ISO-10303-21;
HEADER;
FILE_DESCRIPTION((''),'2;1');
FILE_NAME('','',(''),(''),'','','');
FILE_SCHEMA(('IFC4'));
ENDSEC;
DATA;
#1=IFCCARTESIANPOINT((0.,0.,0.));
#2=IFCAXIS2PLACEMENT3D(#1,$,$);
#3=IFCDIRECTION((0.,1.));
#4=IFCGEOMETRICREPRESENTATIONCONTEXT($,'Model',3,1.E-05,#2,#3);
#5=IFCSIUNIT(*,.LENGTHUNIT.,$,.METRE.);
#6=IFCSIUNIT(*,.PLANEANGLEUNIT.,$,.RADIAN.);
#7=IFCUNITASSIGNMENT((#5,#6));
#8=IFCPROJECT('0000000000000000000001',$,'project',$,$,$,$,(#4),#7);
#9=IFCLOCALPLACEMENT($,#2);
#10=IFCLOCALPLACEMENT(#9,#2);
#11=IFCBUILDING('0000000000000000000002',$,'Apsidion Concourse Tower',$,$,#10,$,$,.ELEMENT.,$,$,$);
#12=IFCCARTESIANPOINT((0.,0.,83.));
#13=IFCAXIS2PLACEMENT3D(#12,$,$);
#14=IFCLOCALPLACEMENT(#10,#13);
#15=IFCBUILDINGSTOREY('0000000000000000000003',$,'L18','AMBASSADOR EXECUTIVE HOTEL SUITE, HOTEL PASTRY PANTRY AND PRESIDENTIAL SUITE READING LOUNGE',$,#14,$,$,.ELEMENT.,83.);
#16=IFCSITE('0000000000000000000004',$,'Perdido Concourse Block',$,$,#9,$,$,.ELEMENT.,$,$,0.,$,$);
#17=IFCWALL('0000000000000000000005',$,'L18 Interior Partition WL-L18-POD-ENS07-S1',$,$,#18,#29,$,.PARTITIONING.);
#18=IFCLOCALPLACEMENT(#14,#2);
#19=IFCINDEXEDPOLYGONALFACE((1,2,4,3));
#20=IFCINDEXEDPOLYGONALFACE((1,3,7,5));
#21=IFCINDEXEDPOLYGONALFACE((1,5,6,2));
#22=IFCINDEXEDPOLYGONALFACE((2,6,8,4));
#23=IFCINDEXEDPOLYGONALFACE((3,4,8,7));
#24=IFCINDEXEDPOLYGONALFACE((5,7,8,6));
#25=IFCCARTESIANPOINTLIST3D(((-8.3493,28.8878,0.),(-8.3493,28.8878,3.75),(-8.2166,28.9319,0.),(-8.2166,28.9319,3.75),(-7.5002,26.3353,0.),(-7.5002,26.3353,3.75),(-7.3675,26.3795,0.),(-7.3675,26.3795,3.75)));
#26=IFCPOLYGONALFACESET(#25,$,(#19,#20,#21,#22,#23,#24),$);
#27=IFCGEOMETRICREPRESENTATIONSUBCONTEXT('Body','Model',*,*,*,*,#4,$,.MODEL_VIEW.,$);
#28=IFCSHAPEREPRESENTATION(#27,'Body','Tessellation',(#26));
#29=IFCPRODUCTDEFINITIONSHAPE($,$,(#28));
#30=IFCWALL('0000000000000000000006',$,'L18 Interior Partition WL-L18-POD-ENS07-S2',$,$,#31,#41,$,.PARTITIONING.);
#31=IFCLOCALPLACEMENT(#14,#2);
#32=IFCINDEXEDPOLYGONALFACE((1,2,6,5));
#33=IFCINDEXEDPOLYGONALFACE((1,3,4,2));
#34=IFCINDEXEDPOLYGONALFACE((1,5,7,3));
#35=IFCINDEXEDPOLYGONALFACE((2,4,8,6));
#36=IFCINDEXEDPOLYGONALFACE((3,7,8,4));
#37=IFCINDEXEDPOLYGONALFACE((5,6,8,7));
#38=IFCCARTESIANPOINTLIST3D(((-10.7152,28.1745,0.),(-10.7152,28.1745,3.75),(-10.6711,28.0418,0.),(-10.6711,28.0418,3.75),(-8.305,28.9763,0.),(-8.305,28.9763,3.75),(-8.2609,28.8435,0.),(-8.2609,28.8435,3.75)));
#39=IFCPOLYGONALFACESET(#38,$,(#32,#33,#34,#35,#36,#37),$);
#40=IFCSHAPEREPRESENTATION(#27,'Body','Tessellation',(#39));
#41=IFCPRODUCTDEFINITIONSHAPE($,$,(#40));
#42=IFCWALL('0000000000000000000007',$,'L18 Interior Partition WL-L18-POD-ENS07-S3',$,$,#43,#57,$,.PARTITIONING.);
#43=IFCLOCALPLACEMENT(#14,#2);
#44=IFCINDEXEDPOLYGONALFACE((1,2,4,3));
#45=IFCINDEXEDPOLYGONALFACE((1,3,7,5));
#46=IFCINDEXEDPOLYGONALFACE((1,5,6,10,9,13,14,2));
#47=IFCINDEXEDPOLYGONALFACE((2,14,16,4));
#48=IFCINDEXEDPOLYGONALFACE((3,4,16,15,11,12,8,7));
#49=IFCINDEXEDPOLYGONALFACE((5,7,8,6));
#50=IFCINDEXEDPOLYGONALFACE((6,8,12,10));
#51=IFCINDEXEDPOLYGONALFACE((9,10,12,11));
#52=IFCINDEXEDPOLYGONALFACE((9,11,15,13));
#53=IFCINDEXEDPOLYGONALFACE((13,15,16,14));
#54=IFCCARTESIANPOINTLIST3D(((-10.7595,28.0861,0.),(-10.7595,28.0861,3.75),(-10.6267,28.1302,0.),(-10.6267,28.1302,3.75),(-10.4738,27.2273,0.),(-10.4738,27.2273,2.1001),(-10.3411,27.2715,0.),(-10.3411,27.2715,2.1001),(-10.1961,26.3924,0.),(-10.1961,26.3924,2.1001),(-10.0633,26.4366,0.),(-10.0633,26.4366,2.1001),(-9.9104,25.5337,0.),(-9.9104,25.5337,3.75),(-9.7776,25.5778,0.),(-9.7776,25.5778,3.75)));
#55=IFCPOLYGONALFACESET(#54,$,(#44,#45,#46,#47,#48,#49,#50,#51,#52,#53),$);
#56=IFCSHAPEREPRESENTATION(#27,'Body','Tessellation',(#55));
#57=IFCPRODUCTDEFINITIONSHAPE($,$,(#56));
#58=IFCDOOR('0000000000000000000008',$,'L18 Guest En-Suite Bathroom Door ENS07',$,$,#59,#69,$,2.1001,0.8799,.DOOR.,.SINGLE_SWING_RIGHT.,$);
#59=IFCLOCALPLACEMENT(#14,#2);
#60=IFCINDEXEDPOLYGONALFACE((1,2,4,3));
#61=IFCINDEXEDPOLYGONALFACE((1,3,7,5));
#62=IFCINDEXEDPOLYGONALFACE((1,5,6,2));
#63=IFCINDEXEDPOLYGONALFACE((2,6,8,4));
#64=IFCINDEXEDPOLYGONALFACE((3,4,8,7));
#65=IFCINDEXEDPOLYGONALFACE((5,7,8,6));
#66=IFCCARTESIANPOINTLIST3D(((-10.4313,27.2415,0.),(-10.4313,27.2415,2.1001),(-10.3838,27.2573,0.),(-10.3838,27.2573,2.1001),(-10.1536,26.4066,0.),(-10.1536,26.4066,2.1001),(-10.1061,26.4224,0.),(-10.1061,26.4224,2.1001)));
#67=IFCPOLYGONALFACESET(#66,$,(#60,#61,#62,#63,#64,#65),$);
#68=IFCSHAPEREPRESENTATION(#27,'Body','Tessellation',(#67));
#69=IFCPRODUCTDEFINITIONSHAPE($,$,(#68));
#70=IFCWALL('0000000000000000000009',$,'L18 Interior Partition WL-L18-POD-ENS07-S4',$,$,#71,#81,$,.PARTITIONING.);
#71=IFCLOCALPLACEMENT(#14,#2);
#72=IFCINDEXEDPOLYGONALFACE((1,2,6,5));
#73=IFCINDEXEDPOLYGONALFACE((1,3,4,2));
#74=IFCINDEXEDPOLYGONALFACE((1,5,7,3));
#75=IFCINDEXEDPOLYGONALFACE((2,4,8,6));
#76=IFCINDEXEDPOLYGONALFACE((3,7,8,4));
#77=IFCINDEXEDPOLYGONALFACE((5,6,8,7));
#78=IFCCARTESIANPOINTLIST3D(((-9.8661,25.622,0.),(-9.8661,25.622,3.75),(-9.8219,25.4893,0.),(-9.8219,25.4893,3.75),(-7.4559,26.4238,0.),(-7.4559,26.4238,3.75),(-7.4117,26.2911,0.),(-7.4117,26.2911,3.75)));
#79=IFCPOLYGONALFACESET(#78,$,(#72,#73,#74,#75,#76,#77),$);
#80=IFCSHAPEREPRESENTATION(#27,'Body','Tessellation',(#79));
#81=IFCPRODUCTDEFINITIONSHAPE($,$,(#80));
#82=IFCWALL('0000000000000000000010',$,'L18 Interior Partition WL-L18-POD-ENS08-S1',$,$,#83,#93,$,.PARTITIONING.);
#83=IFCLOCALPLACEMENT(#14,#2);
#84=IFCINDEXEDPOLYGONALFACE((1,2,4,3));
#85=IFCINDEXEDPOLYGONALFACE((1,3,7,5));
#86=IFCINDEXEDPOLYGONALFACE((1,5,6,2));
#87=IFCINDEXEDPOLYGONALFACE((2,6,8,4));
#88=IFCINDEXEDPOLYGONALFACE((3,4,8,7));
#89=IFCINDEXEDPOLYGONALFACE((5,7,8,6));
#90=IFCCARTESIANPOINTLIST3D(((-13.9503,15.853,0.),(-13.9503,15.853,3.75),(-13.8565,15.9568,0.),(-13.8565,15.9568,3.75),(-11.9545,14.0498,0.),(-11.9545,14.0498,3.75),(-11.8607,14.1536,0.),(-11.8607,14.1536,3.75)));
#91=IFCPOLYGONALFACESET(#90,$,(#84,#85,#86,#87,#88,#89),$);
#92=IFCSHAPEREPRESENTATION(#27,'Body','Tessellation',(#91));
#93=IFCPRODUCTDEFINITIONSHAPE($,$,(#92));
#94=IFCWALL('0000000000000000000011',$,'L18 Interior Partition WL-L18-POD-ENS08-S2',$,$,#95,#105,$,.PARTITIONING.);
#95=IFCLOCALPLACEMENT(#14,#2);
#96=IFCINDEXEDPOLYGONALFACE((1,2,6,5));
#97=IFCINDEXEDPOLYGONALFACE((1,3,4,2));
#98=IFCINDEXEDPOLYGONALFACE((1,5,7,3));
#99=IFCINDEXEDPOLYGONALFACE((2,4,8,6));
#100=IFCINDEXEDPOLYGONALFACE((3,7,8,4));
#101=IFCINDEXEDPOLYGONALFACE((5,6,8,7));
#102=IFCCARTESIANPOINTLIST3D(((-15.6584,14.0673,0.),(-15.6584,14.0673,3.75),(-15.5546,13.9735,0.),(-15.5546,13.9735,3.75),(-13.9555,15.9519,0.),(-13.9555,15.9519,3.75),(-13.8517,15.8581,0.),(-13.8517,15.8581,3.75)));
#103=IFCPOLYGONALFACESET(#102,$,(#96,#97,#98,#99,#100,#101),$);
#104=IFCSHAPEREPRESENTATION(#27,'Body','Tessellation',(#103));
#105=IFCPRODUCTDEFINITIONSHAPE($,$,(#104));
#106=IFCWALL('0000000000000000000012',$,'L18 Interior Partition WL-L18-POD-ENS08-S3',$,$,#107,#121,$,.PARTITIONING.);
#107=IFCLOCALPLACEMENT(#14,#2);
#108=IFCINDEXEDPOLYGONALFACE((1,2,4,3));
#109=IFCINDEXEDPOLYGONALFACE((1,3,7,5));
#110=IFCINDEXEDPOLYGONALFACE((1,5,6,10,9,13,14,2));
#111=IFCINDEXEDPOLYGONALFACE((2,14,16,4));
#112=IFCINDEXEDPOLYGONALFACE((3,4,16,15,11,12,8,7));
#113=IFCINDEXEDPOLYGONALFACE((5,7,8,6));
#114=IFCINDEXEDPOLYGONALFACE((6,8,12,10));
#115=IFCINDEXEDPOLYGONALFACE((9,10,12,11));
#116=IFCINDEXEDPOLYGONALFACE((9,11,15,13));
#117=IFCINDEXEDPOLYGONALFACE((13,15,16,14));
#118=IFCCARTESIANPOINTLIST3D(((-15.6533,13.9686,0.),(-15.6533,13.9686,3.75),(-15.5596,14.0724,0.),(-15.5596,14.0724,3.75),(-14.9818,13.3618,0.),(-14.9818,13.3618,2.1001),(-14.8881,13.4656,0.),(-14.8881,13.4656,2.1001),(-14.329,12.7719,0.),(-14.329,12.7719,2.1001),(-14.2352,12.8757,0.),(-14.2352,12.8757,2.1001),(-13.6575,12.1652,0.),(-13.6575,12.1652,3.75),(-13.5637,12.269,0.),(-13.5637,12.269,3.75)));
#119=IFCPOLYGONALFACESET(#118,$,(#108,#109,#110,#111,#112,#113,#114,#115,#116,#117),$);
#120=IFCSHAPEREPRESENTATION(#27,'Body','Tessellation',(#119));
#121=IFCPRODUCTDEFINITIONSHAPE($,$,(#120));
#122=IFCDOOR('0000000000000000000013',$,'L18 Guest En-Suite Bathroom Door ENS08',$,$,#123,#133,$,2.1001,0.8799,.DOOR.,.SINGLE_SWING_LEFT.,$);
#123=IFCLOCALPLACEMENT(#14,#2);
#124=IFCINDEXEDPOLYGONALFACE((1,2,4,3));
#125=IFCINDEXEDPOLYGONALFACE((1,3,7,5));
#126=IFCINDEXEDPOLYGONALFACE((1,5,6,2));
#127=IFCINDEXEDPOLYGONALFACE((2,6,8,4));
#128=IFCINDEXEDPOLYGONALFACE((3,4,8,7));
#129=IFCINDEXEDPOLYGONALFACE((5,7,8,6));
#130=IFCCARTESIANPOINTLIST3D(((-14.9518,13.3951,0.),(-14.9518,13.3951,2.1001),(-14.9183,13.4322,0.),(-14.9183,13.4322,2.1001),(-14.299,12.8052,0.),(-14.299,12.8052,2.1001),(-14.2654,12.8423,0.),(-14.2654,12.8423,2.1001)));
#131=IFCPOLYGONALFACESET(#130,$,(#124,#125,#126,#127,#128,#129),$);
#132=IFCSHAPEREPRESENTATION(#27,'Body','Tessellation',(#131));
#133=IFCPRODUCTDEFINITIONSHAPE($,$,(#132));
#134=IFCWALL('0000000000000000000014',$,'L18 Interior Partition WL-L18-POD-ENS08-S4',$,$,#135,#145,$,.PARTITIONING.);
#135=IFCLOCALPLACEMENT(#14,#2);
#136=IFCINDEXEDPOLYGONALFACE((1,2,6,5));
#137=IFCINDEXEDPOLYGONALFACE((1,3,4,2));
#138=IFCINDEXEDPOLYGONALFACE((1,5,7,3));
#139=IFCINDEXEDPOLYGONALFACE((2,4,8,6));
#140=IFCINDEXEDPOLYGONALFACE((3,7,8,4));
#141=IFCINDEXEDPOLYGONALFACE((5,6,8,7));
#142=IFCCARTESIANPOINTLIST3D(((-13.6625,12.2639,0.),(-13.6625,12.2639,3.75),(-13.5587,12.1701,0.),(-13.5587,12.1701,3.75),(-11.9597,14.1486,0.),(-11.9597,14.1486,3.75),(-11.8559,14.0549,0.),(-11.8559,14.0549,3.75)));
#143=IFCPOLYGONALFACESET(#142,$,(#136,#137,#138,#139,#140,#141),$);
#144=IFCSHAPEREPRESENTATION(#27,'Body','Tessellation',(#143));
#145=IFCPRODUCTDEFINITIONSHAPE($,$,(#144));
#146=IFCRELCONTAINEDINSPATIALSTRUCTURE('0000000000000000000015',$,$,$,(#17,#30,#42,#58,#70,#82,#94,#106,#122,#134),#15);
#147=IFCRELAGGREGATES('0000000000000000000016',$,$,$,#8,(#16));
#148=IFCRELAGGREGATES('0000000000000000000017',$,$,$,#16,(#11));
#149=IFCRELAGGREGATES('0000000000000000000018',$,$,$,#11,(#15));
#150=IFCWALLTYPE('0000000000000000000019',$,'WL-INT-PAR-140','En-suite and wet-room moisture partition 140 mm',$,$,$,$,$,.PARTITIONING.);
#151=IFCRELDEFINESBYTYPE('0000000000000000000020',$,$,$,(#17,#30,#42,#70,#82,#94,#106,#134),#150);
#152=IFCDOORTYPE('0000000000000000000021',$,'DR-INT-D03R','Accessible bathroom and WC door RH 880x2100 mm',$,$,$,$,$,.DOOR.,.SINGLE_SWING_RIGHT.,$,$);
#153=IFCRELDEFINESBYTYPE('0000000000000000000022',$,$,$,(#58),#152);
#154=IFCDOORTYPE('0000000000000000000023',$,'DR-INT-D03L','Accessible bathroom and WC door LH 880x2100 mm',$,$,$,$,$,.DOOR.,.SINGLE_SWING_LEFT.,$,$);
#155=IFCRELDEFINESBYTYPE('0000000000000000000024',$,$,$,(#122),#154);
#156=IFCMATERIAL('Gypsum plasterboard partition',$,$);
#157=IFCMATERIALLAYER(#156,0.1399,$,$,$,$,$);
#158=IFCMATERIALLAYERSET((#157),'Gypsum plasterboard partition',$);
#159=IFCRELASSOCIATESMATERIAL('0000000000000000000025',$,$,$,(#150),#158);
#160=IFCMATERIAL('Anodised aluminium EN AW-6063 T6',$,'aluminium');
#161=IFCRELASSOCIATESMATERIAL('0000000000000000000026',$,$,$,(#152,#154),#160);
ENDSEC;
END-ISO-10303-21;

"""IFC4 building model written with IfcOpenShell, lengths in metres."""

from ifc_helpers import new_model, si_unit, direction, frame, frame_2d, origin, place, context, subcontext, project, spatial, rectangle, extrude, material, layer, layer_set, type_object, element, fill, save


model = new_model("IFC4")

# Units and contexts
model_context = context("Model", 3, precision=1e-05, world=origin(), true_north=direction((0.0, 1.0)))
body_context = subcontext(model_context, "Body", "Model", "MODEL_VIEW")
ifc_project = project(units=[si_unit("LENGTHUNIT", "METRE"), si_unit("PLANEANGLEUNIT", "RADIAN")], contexts=[model_context])

# Site, building, storey
site_placement = place(None, origin())
site = spatial("IfcSite", under=ifc_project, at=site_placement, Name="Perdido Concourse Block", CompositionType="ELEMENT", RefElevation=0.0)
building_placement = place(site_placement, origin())
building = spatial("IfcBuilding", under=site, at=building_placement, Name="Apsidion Concourse Tower", CompositionType="ELEMENT")
storey_placement = place(building_placement, frame((0.0, 0.0, 83.0)))
storey = spatial("IfcBuildingStorey", under=building, at=storey_placement, Name="L18", Description="AMBASSADOR EXECUTIVE HOTEL SUITE, HOTEL PASTRY PANTRY AND PRESIDENTIAL SUITE READING LOUNGE", CompositionType="ELEMENT", Elevation=83.0)

# Walls
ifc_material_1 = material(Name="Gypsum plasterboard partition")
ifc_layer_1 = layer(ifc_material_1, 0.1399)
ifc_layer_set_1 = layer_set([ifc_layer_1], Name="Gypsum plasterboard partition")
wall_type_1 = type_object("IfcWallType", Name="WL-INT-PAR-140", Description="En-suite and wet-room moisture partition 140 mm", PredefinedType="PARTITIONING", material=ifc_layer_set_1)
wall_1_placement = place(storey_placement, frame((-7.4338, 26.3574, 0.0), z_axis=(0.0, 0.0, 1.0), x_axis=(-0.315656, 0.948874, 0.0)))
element("IfcWall", 1, at=wall_1_placement, inside=storey, type_object=wall_type_1, Name="L18 Interior Partition WL-L18-POD-ENS07-S1", PredefinedType="PARTITIONING", context=body_context, shape_type="SweptSolid", body=[
    extrude(rectangle(XDim=2.6899, YDim=0.1399, at=frame_2d((1.345, 0.0))), origin(), (0.0, 0.0, 1.0), 3.75),
])
wall_2_placement = place(storey_placement, frame((-8.283, 28.9099, 0.0), z_axis=(0.0, 0.0, 1.0), x_axis=(-0.948875, -0.315651, 0.0)))
element("IfcWall", 2, at=wall_2_placement, inside=storey, type_object=wall_type_1, Name="L18 Interior Partition WL-L18-POD-ENS07-S2", PredefinedType="PARTITIONING", context=body_context, shape_type="SweptSolid", body=[
    extrude(rectangle(XDim=2.54, YDim=0.1399, at=frame_2d((1.27, 0.0))), origin(), (0.0, 0.0, 1.0), 3.75),
])

# Wall, opening, door
wall_3_placement = place(storey_placement, frame((-10.6931, 28.1082, 0.0), z_axis=(0.0, 0.0, 1.0), x_axis=(0.315656, -0.948874, 0.0)))
wall_3 = element("IfcWall", 3, at=wall_3_placement, inside=storey, type_object=wall_type_1, Name="L18 Interior Partition WL-L18-POD-ENS07-S3", PredefinedType="PARTITIONING", context=body_context, shape_type="SweptSolid", body=[
    extrude(rectangle(XDim=2.6899, YDim=0.1399, at=frame_2d((1.345, 0.0))), origin(), (0.0, 0.0, 1.0), 3.75),
])
opening_1_placement = place(wall_3_placement, frame((0.905, 0.0, 0.0)))
opening_1 = element("IfcOpeningElement", 4, at=opening_1_placement, cuts=wall_3, PredefinedType="OPENING", context=body_context, shape_type="SweptSolid", body=[
    extrude(rectangle(XDim=0.8799, YDim=2.1001, at=frame_2d((0.4399, 1.05))), frame((0.0, 0.0801, 0.0), z_axis=(0.0, -1.0, 0.0), x_axis=(1.0, 0.0, 0.0)), (0.0, 0.0, 1.0), 0.1599),
])
ifc_material_2 = material(Name="Anodised aluminium EN AW-6063 T6", Category="aluminium")
door_type_1 = type_object("IfcDoorType", Name="DR-INT-D03R", Description="Accessible bathroom and WC door RH 880x2100 mm", OperationType="SINGLE_SWING_RIGHT", PredefinedType="DOOR", material=ifc_material_2)
door_1_placement = place(opening_1_placement, origin())
door_1 = element("IfcDoor", 5, at=door_1_placement, inside=storey, type_object=door_type_1, Name="L18 Guest En-Suite Bathroom Door ENS07", OperationType="SINGLE_SWING_RIGHT", OverallHeight=2.1001, OverallWidth=0.8799, PredefinedType="DOOR", context=body_context, shape_type="SweptSolid", body=[
    extrude(rectangle(XDim=0.8799, YDim=2.1001, at=frame_2d((0.4399, 1.05))), frame((0.0, 0.0249, 0.0), z_axis=(0.0, -1.0, 0.0), x_axis=(1.0, 0.0, 0.0)), (0.0, 0.0, 1.0), 0.05),
])
fill(opening_1, door_1)

# Walls
wall_4_placement = place(storey_placement, frame((-9.844, 25.5557, 0.0), z_axis=(0.0, 0.0, 1.0), x_axis=(0.948875, 0.315651, 0.0)))
element("IfcWall", 6, at=wall_4_placement, inside=storey, type_object=wall_type_1, Name="L18 Interior Partition WL-L18-POD-ENS07-S4", PredefinedType="PARTITIONING", context=body_context, shape_type="SweptSolid", body=[
    extrude(rectangle(XDim=2.54, YDim=0.1399, at=frame_2d((1.27, 0.0))), origin(), (0.0, 0.0, 1.0), 3.75),
])
wall_5_placement = place(storey_placement, frame((-11.9077, 14.1018, 0.0), z_axis=(0.0, 0.0, 1.0), x_axis=(-0.742007, 0.670393, 0.0)))
element("IfcWall", 7, at=wall_5_placement, inside=storey, type_object=wall_type_1, Name="L18 Interior Partition WL-L18-POD-ENS08-S1", PredefinedType="PARTITIONING", context=body_context, shape_type="SweptSolid", body=[
    extrude(rectangle(XDim=2.6897, YDim=0.1399, at=frame_2d((1.3447, 0.0))), origin(), (0.0, 0.0, 1.0), 3.75),
])
wall_6_placement = place(storey_placement, frame((-13.9036, 15.905, 0.0), z_axis=(0.0, 0.0, 1.0), x_axis=(-0.670445, -0.741959, 0.0)))
element("IfcWall", 8, at=wall_6_placement, inside=storey, type_object=wall_type_1, Name="L18 Interior Partition WL-L18-POD-ENS08-S2", PredefinedType="PARTITIONING", context=body_context, shape_type="SweptSolid", body=[
    extrude(rectangle(XDim=2.54, YDim=0.1399, at=frame_2d((1.27, 0.0))), origin(), (0.0, 0.0, 1.0), 3.75),
])

# Wall, opening, door
wall_7_placement = place(storey_placement, frame((-15.6064, 14.0205, 0.0), z_axis=(0.0, 0.0, 1.0), x_axis=(0.741961, -0.670443, 0.0)))
wall_7 = element("IfcWall", 9, at=wall_7_placement, inside=storey, type_object=wall_type_1, Name="L18 Interior Partition WL-L18-POD-ENS08-S3", PredefinedType="PARTITIONING", context=body_context, shape_type="SweptSolid", body=[
    extrude(rectangle(XDim=2.6899, YDim=0.1399, at=frame_2d((1.345, 0.0))), origin(), (0.0, 0.0, 1.0), 3.75),
])
opening_2_placement = place(wall_7_placement, frame((0.905, 0.0, 0.0)))
opening_2 = element("IfcOpeningElement", 10, at=opening_2_placement, cuts=wall_7, PredefinedType="OPENING", context=body_context, shape_type="SweptSolid", body=[
    extrude(rectangle(XDim=0.8799, YDim=2.1001, at=frame_2d((0.4399, 1.05))), frame((0.0, 0.0801, 0.0), z_axis=(0.0, -1.0, 0.0), x_axis=(1.0, 0.0, 0.0)), (0.0, 0.0, 1.0), 0.1599),
])
door_type_2 = type_object("IfcDoorType", Name="DR-INT-D03L", Description="Accessible bathroom and WC door LH 880x2100 mm", OperationType="SINGLE_SWING_LEFT", PredefinedType="DOOR", material=ifc_material_2)
door_2_placement = place(opening_2_placement, origin())
door_2 = element("IfcDoor", 11, at=door_2_placement, inside=storey, type_object=door_type_2, Name="L18 Guest En-Suite Bathroom Door ENS08", OperationType="SINGLE_SWING_LEFT", OverallHeight=2.1001, OverallWidth=0.8799, PredefinedType="DOOR", context=body_context, shape_type="SweptSolid", body=[
    extrude(rectangle(XDim=0.8799, YDim=2.1001, at=frame_2d((0.4399, 1.05))), frame((0.0, 0.0249, 0.0), z_axis=(0.0, -1.0, 0.0), x_axis=(1.0, 0.0, 0.0)), (0.0, 0.0, 1.0), 0.05),
])
fill(opening_2, door_2)

# Wall
wall_8_placement = place(storey_placement, frame((-13.6106, 12.217, 0.0), z_axis=(0.0, 0.0, 1.0), x_axis=(0.670397, 0.742002, 0.0)))
element("IfcWall", 12, at=wall_8_placement, inside=storey, type_object=wall_type_1, Name="L18 Interior Partition WL-L18-POD-ENS08-S4", PredefinedType="PARTITIONING", context=body_context, shape_type="SweptSolid", body=[
    extrude(rectangle(XDim=2.54, YDim=0.1399, at=frame_2d((1.27, 0.0))), origin(), (0.0, 0.0, 1.0), 3.75),
])

save(model, "model.ifc")
